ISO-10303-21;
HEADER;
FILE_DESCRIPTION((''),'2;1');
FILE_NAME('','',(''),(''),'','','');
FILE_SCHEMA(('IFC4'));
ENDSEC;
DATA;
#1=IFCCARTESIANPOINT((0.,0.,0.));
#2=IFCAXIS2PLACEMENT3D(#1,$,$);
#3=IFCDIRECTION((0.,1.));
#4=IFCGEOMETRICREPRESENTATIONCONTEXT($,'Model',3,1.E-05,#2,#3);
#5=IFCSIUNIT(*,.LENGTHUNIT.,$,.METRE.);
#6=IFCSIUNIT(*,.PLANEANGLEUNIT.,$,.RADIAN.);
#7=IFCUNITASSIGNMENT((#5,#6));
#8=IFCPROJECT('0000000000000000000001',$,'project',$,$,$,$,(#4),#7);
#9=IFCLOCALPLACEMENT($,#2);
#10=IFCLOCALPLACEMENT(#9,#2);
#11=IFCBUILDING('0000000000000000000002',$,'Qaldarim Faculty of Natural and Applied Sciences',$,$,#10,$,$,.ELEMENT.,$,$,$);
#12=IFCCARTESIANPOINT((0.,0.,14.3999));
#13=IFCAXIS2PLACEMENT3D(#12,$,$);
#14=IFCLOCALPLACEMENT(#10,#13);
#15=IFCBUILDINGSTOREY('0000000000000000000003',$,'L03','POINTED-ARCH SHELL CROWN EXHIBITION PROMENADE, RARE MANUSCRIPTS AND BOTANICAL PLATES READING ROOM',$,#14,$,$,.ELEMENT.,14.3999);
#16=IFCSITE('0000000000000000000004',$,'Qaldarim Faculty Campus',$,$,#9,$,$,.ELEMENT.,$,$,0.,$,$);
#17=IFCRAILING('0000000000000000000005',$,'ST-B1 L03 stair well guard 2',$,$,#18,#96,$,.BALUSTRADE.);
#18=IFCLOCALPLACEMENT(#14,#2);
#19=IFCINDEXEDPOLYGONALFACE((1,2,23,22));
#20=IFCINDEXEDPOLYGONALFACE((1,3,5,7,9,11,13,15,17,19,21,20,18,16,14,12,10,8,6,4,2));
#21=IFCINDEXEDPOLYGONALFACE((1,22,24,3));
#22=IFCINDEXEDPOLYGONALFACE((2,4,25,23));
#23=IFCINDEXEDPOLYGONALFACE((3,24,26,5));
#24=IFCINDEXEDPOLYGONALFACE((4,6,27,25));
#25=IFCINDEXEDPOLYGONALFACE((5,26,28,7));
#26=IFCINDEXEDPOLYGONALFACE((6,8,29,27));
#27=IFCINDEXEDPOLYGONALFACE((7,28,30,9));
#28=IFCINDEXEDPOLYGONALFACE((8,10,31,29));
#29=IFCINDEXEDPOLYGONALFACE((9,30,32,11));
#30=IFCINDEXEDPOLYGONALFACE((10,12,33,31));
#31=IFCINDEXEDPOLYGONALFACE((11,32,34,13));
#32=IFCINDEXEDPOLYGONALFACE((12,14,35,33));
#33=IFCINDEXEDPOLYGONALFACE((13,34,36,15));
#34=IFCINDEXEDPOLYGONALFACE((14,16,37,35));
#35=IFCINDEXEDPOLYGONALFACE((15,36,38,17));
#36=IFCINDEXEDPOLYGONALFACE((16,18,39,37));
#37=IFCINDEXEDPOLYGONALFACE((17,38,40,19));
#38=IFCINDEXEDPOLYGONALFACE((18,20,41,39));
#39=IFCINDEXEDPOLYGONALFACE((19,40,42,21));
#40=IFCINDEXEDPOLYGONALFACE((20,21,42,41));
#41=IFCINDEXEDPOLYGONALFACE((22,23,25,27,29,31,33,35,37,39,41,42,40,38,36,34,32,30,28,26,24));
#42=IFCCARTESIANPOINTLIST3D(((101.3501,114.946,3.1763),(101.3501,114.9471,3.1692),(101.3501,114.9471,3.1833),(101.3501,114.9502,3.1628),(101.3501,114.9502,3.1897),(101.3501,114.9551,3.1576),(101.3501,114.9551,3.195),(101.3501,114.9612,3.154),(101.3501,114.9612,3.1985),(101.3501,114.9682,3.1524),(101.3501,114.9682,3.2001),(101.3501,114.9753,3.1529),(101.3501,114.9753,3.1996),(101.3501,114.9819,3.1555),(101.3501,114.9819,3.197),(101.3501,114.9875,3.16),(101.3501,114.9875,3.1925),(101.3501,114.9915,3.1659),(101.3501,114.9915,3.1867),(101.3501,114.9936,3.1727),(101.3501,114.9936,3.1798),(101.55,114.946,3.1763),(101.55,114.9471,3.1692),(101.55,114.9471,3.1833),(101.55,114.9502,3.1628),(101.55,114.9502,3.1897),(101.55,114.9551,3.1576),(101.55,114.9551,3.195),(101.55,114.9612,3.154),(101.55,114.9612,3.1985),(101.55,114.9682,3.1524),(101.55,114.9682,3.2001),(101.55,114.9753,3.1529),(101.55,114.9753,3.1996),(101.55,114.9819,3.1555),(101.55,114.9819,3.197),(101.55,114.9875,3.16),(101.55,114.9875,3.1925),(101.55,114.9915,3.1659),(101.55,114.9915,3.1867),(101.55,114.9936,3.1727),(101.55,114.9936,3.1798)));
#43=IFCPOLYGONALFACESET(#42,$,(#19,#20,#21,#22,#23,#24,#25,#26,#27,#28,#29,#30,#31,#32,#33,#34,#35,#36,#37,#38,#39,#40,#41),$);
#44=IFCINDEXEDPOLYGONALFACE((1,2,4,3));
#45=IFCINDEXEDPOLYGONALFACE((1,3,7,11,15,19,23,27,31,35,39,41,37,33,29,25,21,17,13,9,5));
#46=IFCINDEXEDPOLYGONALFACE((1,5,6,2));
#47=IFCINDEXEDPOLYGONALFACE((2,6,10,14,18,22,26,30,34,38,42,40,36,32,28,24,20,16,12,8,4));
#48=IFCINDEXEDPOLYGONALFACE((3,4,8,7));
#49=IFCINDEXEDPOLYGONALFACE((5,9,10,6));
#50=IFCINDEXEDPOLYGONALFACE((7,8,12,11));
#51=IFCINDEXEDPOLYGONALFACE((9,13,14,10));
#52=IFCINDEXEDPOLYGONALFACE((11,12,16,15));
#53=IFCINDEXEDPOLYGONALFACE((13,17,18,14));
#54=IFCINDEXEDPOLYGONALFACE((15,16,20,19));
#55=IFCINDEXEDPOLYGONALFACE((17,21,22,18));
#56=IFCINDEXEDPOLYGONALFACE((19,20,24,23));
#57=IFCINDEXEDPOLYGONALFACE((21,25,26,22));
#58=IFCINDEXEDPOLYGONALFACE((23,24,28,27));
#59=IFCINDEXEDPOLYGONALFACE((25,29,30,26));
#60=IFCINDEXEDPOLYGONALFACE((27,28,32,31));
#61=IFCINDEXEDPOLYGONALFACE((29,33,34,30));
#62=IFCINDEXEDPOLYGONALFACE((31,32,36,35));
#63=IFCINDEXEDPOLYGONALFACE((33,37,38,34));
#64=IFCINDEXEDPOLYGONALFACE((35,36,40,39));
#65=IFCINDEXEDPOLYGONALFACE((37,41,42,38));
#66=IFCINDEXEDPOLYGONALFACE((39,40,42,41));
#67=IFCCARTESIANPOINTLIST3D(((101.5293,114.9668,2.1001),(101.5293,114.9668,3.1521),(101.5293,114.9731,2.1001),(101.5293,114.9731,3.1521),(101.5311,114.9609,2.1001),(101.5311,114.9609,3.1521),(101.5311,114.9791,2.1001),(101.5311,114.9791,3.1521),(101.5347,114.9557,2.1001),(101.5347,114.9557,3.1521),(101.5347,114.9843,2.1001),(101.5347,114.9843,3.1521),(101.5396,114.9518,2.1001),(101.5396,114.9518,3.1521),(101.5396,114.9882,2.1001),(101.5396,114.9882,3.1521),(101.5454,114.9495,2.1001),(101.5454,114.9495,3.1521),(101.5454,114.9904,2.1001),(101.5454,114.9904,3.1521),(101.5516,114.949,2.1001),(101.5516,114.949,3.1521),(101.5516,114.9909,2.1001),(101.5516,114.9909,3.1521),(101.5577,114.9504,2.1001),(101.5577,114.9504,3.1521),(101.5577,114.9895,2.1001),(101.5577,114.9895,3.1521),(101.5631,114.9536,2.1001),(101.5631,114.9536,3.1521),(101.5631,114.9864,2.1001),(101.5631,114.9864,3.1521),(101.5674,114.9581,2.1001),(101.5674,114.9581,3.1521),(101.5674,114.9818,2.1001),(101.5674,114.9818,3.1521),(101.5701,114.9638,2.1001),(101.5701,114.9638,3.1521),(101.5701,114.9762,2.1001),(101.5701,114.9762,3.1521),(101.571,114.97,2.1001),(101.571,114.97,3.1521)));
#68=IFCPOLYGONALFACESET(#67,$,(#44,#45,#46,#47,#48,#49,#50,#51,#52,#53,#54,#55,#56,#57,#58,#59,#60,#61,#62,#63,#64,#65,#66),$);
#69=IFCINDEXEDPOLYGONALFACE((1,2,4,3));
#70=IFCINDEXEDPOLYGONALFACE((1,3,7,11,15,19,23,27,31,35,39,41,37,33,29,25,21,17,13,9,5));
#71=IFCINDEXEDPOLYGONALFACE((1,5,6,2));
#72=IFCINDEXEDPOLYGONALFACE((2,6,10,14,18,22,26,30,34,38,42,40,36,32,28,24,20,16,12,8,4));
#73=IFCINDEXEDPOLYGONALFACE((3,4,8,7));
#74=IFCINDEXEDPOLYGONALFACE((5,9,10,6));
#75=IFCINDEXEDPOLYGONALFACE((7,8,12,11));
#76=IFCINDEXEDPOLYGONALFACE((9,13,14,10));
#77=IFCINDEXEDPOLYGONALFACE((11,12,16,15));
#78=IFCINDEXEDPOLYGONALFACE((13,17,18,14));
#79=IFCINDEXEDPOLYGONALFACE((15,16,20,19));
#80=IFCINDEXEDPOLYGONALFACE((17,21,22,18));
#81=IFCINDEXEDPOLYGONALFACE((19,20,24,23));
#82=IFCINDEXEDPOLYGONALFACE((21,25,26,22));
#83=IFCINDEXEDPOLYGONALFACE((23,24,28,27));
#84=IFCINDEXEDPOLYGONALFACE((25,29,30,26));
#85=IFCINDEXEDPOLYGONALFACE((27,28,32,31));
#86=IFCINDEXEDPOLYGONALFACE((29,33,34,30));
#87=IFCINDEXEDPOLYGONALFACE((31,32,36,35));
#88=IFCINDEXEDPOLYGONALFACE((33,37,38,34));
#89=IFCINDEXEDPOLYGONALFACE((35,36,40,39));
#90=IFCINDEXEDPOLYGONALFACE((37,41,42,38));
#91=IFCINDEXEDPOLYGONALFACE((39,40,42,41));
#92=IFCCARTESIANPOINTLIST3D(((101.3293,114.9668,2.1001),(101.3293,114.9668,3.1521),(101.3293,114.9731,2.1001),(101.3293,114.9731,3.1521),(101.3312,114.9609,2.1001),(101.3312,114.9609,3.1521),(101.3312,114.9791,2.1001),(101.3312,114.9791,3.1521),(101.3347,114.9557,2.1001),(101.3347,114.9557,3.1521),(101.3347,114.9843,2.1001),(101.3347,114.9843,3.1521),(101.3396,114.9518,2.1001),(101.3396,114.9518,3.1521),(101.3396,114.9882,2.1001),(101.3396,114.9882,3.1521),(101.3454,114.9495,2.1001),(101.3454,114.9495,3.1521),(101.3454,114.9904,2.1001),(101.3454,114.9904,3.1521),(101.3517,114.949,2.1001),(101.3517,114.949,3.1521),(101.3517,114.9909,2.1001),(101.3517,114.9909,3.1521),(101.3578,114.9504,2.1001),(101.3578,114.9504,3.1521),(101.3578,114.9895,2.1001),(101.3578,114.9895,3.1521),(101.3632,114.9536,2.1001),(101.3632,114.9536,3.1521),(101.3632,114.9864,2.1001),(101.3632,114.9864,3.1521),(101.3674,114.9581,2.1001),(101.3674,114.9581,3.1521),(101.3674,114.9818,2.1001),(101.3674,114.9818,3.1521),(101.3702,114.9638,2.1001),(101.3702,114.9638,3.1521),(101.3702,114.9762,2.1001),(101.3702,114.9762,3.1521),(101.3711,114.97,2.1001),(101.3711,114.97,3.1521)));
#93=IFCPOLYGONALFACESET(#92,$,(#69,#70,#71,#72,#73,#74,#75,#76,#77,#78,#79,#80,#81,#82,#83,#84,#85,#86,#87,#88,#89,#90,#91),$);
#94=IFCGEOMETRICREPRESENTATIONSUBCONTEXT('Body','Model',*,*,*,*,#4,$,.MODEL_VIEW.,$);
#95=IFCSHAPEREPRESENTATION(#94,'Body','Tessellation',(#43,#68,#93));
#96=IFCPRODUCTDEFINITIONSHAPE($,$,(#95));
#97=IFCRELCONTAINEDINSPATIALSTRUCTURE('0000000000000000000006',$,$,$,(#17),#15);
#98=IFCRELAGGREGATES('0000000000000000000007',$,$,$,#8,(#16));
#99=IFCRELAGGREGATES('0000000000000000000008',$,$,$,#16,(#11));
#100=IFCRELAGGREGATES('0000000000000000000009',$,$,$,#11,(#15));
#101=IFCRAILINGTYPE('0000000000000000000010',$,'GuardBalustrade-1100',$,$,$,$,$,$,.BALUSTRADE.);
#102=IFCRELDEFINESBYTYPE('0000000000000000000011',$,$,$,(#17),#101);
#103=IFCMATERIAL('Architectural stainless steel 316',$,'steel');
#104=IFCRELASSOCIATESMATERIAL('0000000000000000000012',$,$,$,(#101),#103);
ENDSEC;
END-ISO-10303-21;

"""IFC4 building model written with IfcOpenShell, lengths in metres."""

from ifc_helpers import new_model, si_unit, direction, frame, origin, origin_2d, place, context, subcontext, project, spatial, circle, extrude, material, type_object, element, save


model = new_model("IFC4")

# Units and contexts
model_context = context("Model", 3, precision=1e-05, world=origin(), true_north=direction((0.0, 1.0)))
body_context = subcontext(model_context, "Body", "Model", "MODEL_VIEW")
ifc_project = project(units=[si_unit("LENGTHUNIT", "METRE"), si_unit("PLANEANGLEUNIT", "RADIAN")], contexts=[model_context])

# Site, building, storey
site_placement = place(None, origin())
site = spatial("IfcSite", under=ifc_project, at=site_placement, Name="Qaldarim Faculty Campus", CompositionType="ELEMENT", RefElevation=0.0)
building_placement = place(site_placement, origin())
building = spatial("IfcBuilding", under=site, at=building_placement, Name="Qaldarim Faculty of Natural and Applied Sciences", CompositionType="ELEMENT")
storey_placement = place(building_placement, frame((0.0, 0.0, 14.3999)))
storey = spatial("IfcBuildingStorey", under=building, at=storey_placement, Name="L03", Description="POINTED-ARCH SHELL CROWN EXHIBITION PROMENADE, RARE MANUSCRIPTS AND BOTANICAL PLATES READING ROOM", CompositionType="ELEMENT", Elevation=14.3999)

# Shared definitions
ifc_material_1 = material(Name="Architectural stainless steel 316", Category="steel")

# Railing
railing_type_1 = type_object("IfcRailingType", Name="GuardBalustrade-1100", PredefinedType="BALUSTRADE", material=ifc_material_1)
railing_1_placement = place(storey_placement, frame((101.55, 114.97, 2.1001)))
element("IfcRailing", 1, at=railing_1_placement, inside=storey, type_object=railing_type_1, Name="ST-B1 L03 stair well guard 2", PredefinedType="BALUSTRADE", context=body_context, shape_type="SweptSolid", body=[
    extrude(circle(Radius=0.0239, at=origin_2d()), frame((0.0, 0.0, 1.0762), z_axis=(-1.0, 0.0, 0.0), x_axis=(0.0, -1.0, 0.0)), (0.0, 0.0, 1.0), 0.2),
    extrude(circle(Radius=0.021, at=origin_2d()), origin(), (0.0, 0.0, 1.0), 1.052),
    extrude(circle(Radius=0.021, at=origin_2d()), frame((-0.2, 0.0, 0.0)), (0.0, 0.0, 1.0), 1.052),
])

save(model, "model.ifc")
